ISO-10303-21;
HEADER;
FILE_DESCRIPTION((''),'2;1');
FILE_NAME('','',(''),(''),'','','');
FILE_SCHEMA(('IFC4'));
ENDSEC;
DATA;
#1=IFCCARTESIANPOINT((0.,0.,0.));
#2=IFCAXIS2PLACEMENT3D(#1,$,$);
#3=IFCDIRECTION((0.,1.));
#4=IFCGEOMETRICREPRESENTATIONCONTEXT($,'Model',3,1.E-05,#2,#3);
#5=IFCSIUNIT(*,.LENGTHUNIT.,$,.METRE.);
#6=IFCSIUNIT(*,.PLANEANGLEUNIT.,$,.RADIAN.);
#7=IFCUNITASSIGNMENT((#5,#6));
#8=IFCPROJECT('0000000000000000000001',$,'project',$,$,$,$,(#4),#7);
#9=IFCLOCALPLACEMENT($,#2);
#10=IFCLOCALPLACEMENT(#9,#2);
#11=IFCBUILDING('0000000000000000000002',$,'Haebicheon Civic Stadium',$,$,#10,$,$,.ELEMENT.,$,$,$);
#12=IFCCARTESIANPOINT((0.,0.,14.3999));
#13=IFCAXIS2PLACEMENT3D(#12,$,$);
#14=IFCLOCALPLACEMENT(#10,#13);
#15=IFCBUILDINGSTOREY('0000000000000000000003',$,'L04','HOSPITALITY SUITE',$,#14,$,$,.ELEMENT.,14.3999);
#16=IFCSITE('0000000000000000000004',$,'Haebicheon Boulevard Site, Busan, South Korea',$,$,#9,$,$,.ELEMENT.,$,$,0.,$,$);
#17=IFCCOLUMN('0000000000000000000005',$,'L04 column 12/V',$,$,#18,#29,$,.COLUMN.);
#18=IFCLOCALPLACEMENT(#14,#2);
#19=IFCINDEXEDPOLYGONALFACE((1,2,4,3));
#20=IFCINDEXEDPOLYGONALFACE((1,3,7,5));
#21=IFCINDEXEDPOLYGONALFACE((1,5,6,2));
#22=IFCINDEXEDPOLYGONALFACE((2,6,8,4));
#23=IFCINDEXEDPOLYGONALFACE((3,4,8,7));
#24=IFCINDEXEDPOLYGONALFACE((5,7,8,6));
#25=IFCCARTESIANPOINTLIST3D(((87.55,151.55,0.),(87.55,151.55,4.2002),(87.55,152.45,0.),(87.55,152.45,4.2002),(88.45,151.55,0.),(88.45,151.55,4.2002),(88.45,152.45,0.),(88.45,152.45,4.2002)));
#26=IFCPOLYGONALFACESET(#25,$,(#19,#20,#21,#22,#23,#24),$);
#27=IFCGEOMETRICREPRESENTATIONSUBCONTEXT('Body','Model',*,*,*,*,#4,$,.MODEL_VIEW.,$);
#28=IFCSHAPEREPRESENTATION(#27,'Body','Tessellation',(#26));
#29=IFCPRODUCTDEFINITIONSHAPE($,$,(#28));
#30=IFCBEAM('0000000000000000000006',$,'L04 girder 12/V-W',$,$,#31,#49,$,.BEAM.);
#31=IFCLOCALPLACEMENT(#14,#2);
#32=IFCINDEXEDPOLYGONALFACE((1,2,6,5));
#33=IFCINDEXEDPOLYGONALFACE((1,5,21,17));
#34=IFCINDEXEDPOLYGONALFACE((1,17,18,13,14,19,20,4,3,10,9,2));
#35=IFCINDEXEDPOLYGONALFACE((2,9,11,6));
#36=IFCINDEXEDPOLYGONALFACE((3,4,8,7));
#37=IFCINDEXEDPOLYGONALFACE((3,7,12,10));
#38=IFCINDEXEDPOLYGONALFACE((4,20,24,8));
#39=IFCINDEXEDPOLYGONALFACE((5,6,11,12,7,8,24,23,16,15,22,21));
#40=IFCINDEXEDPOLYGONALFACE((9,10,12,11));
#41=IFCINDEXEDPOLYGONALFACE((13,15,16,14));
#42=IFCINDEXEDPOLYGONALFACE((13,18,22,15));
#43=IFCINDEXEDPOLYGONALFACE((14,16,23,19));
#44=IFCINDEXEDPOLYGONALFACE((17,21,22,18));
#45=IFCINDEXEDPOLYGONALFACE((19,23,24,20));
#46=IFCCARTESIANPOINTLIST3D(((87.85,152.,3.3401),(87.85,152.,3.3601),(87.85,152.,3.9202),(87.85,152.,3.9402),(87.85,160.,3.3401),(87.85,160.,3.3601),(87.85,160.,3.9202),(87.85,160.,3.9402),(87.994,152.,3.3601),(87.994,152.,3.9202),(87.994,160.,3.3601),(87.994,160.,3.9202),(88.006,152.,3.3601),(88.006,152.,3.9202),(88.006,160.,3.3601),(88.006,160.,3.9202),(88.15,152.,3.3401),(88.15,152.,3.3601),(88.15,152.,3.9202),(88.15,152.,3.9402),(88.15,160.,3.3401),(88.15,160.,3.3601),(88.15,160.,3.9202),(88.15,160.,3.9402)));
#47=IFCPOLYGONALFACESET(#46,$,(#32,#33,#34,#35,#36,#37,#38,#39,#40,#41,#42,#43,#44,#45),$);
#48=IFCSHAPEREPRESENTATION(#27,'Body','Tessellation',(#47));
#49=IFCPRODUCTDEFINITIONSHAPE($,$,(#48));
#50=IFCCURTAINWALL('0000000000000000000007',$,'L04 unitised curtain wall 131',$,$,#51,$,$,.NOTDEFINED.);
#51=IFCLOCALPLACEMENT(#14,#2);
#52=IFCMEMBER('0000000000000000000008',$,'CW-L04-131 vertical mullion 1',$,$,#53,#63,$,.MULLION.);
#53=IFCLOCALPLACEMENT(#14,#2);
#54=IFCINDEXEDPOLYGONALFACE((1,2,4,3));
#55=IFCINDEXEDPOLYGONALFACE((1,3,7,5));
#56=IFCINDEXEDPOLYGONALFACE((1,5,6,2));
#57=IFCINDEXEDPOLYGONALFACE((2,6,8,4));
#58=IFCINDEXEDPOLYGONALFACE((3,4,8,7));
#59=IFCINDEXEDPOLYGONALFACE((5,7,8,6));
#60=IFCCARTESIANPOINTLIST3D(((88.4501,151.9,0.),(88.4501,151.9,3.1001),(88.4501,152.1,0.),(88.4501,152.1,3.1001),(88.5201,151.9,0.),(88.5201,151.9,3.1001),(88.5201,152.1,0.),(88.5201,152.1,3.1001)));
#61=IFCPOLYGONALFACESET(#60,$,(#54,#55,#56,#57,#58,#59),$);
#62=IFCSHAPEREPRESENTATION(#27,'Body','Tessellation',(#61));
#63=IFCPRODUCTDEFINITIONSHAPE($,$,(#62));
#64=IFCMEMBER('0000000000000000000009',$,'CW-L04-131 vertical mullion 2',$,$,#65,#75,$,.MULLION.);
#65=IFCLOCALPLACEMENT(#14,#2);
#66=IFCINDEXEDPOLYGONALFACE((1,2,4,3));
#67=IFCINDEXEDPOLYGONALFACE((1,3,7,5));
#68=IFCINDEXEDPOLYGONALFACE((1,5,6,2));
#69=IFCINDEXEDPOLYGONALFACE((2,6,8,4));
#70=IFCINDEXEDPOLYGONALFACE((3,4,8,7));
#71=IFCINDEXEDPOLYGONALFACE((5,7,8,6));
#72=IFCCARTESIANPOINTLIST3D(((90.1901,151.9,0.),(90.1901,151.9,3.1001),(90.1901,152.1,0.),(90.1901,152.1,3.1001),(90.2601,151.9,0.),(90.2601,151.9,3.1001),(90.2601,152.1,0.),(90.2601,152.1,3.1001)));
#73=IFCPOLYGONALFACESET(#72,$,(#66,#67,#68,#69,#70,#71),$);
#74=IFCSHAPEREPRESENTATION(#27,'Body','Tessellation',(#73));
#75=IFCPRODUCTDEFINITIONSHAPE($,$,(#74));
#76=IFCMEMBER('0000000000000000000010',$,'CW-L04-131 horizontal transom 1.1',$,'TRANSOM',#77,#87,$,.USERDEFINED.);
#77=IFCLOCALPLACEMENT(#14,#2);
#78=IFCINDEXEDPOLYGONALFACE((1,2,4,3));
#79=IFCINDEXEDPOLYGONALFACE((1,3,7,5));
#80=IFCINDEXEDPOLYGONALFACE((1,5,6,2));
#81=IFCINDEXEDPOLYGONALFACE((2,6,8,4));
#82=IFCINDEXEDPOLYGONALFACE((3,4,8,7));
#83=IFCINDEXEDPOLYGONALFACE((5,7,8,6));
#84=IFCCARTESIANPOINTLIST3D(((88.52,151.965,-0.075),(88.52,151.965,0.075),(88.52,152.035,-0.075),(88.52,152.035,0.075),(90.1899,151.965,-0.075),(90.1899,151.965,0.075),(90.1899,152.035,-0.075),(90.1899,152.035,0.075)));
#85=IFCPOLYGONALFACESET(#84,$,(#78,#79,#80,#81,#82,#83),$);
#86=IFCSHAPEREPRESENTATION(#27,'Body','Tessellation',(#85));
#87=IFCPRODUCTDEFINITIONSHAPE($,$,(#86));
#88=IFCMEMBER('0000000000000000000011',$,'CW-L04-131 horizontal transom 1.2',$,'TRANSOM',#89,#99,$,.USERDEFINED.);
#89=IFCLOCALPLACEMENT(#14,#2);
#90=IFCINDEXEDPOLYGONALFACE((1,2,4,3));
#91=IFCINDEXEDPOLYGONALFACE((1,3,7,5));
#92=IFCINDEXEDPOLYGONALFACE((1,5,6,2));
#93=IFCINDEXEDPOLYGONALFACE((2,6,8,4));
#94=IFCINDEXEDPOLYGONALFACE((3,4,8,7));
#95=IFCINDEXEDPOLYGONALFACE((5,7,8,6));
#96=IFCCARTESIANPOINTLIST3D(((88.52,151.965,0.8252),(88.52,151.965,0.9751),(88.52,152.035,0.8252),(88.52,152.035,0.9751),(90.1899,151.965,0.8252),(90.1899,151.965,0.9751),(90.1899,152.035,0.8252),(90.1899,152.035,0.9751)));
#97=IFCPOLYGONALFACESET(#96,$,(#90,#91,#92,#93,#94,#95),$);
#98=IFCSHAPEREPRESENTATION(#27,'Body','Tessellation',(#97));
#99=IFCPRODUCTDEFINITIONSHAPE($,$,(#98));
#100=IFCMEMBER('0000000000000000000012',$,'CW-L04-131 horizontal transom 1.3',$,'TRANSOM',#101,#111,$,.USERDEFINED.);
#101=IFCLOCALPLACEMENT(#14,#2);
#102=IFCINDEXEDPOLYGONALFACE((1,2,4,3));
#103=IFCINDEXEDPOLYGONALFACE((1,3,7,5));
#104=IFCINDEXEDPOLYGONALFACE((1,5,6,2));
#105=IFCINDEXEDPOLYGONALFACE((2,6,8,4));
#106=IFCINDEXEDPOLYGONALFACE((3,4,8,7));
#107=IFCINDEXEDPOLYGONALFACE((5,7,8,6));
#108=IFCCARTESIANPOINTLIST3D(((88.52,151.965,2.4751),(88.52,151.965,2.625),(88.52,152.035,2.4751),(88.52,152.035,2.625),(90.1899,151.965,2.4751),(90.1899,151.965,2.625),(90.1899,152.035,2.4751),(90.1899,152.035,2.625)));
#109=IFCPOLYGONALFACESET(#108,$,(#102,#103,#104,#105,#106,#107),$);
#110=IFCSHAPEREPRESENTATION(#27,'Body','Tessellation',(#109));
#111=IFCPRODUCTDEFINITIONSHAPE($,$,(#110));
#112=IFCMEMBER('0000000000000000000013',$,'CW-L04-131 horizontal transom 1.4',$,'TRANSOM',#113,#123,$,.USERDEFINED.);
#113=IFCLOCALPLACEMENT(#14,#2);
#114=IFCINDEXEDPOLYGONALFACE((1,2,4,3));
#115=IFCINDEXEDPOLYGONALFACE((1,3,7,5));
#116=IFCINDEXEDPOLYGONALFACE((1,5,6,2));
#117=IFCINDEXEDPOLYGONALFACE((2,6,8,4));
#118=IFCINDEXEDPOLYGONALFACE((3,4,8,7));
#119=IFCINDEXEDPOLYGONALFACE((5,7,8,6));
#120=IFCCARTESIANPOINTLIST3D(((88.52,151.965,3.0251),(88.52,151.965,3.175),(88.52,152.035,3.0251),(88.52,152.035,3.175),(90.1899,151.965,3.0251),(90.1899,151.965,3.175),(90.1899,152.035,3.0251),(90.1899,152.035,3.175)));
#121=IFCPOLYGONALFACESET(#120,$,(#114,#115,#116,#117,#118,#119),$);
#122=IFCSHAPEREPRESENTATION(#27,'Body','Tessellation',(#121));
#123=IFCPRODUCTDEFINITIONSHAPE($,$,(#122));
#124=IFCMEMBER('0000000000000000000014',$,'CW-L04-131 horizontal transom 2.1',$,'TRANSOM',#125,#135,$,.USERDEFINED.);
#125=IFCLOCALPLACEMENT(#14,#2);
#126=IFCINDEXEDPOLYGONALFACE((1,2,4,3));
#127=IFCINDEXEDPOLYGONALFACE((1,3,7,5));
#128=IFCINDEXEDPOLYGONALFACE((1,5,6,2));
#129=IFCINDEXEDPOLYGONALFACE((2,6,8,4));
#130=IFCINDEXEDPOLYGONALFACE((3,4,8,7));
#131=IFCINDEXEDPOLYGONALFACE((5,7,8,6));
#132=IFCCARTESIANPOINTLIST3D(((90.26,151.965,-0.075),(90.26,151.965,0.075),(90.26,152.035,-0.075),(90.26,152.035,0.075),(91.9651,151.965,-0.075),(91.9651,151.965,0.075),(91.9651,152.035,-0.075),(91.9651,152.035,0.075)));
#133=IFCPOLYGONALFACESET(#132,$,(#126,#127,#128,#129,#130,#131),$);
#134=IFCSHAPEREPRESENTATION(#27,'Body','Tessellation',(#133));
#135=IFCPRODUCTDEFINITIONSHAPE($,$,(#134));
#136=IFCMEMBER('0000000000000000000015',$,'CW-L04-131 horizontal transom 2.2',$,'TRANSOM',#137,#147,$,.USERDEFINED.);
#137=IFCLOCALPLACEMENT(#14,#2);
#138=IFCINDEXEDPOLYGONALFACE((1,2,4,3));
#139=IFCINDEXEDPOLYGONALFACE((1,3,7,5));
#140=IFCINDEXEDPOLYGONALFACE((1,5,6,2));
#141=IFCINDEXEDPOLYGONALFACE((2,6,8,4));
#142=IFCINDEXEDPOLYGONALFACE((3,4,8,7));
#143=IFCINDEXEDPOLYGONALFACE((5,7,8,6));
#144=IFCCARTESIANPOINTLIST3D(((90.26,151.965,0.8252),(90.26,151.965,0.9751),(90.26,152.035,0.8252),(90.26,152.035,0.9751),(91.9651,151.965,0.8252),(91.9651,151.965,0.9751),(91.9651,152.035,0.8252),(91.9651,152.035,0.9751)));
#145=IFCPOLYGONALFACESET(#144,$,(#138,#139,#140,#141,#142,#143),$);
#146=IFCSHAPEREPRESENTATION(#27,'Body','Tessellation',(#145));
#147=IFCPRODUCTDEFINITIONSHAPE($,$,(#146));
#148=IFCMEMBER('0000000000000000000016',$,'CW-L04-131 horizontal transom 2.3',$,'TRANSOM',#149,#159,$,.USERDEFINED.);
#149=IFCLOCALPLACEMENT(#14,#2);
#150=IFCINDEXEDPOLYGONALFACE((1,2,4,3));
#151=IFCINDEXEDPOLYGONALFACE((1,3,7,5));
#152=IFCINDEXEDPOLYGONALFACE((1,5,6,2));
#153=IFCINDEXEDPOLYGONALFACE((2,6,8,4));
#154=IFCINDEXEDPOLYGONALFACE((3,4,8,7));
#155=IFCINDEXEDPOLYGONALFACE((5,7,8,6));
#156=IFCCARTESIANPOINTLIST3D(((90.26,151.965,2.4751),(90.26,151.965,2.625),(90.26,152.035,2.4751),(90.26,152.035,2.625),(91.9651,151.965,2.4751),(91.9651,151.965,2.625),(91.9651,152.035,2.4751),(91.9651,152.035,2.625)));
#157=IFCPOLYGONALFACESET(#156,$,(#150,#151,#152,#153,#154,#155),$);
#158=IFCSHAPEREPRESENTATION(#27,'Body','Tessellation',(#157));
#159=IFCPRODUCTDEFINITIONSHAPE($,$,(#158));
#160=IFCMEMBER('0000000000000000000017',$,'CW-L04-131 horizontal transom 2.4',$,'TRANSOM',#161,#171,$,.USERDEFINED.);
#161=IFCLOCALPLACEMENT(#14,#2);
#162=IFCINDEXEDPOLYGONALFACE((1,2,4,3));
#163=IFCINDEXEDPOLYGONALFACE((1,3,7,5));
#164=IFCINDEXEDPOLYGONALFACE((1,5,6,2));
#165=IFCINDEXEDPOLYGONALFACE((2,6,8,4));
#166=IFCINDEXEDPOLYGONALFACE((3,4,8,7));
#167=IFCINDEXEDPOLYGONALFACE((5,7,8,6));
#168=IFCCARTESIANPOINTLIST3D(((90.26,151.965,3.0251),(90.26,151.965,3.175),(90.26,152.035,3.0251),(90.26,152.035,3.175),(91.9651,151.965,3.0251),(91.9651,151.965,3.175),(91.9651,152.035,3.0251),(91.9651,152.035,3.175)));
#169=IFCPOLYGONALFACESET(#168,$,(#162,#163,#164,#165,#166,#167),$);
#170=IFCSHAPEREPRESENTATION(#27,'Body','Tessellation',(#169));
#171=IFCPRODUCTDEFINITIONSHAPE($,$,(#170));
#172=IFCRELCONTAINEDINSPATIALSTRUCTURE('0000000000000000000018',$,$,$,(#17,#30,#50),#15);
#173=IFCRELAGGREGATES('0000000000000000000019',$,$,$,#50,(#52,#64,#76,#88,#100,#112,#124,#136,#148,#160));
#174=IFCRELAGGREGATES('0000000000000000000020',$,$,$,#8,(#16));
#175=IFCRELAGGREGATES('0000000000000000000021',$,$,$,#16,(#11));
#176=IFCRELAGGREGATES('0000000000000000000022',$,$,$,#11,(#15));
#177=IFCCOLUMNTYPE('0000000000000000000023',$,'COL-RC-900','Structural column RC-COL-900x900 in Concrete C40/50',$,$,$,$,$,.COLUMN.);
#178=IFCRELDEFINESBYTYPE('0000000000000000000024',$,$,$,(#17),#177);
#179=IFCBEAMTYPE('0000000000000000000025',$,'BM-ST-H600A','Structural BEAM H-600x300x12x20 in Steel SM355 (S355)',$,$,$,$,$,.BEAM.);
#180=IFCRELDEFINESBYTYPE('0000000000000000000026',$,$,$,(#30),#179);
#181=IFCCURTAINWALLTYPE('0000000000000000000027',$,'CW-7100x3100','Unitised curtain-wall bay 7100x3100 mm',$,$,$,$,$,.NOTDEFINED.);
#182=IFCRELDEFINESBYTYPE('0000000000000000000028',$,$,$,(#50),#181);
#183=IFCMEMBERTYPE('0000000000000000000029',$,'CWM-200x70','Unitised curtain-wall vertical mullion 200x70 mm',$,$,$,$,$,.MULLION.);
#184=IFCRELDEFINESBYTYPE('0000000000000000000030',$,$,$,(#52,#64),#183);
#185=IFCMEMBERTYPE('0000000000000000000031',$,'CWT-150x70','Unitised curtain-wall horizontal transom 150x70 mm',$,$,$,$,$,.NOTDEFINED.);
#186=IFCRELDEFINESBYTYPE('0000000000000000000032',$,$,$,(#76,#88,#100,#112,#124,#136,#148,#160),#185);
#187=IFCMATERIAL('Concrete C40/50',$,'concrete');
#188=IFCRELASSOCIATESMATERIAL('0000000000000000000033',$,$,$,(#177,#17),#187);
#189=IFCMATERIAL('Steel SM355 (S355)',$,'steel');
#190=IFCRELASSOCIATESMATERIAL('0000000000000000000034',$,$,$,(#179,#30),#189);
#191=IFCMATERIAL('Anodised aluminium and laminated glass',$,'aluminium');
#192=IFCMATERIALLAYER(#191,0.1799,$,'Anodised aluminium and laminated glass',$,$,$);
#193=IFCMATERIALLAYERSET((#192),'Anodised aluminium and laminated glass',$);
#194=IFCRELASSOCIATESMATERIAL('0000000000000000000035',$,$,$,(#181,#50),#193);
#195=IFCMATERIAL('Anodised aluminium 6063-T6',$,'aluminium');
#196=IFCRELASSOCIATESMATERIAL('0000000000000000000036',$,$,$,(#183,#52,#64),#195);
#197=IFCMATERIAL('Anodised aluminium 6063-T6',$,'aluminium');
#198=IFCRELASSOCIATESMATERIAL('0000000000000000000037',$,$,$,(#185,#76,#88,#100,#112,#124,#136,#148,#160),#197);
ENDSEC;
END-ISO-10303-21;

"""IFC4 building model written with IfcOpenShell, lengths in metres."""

from ifc_helpers import new_model, si_unit, direction, frame, origin, origin_2d, place, context, subcontext, project, spatial, rectangle, i_section, extrude, material, layer, layer_set, material_profile, profile_set, type_object, element, aggregate, save


model = new_model("IFC4")

# Units and contexts
model_context = context("Model", 3, precision=1e-05, world=origin(), true_north=direction((0.0, 1.0)))
body_context = subcontext(model_context, "Body", "Model", "MODEL_VIEW")
ifc_project = project(units=[si_unit("LENGTHUNIT", "METRE"), si_unit("PLANEANGLEUNIT", "RADIAN")], contexts=[model_context])

# Site, building, storey
site_placement = place(None, origin())
site = spatial("IfcSite", under=ifc_project, at=site_placement, Name="Haebicheon Boulevard Site, Busan, South Korea", CompositionType="ELEMENT", RefElevation=0.0)
building_placement = place(site_placement, origin())
building = spatial("IfcBuilding", under=site, at=building_placement, Name="Haebicheon Civic Stadium", CompositionType="ELEMENT")
storey_placement = place(building_placement, frame((0.0, 0.0, 14.3999)))
storey = spatial("IfcBuildingStorey", under=building, at=storey_placement, Name="L04", Description="HOSPITALITY SUITE", CompositionType="ELEMENT", Elevation=14.3999)

# Column
ifc_material_1 = material(Name="Concrete C40/50", Category="concrete")
ifc_material_profile_1 = material_profile(ifc_material_1, rectangle(XDim=0.8999, YDim=0.8999, at=origin_2d()), Name="RC-COL-900x900")
ifc_profile_set_1 = profile_set([ifc_material_profile_1], Name="Concrete C40/50")
column_type = type_object("IfcColumnType", Name="COL-RC-900", Description="Structural column RC-COL-900x900 in Concrete C40/50", PredefinedType="COLUMN", material=ifc_profile_set_1)
column_placement = place(storey_placement, frame((88.0, 152.0, 0.0), z_axis=(0.0, 0.0, 1.0), x_axis=(1.0, 0.0, 0.0)))
element("IfcColumn", 1, at=column_placement, inside=storey, type_object=column_type, material=ifc_profile_set_1, Name="L04 column 12/V", PredefinedType="COLUMN", context=body_context, shape_type="SweptSolid", body=[
    extrude(rectangle(XDim=0.8999, YDim=0.8999, at=origin_2d()), origin(), (0.0, 0.0, 1.0), 4.2002),
])

# Beam
ifc_material_2 = material(Name="Steel SM355 (S355)", Category="steel")
ifc_material_profile_2 = material_profile(ifc_material_2, i_section(OverallWidth=0.3, OverallDepth=0.6001, WebThickness=0.012, FlangeThickness=0.02, at=origin_2d()), Name="H-600x300x12x20")
ifc_profile_set_2 = profile_set([ifc_material_profile_2], Name="Steel SM355 (S355)")
beam_type_1 = type_object("IfcBeamType", Name="BM-ST-H600A", Description="Structural BEAM H-600x300x12x20 in Steel SM355 (S355)", PredefinedType="BEAM", material=ifc_profile_set_2)
beam_1_placement = place(storey_placement, frame((88.0, 152.0, 3.6401), z_axis=(0.0, 1.0, 0.0), x_axis=(-1.0, 0.0, 0.0)))
element("IfcBeam", 2, at=beam_1_placement, inside=storey, type_object=beam_type_1, material=ifc_profile_set_2, Name="L04 girder 12/V-W", PredefinedType="BEAM", context=body_context, shape_type="SweptSolid", body=[
    extrude(i_section(OverallWidth=0.3, OverallDepth=0.6001, WebThickness=0.012, FlangeThickness=0.02, at=origin_2d()), origin(), (0.0, 0.0, 1.0), 8.0),
])

# Curtain wall, members
ifc_material_3 = material(Name="Anodised aluminium and laminated glass", Category="aluminium")
ifc_layer_1 = layer(ifc_material_3, 0.1799, Name="Anodised aluminium and laminated glass")
ifc_layer_set_1 = layer_set([ifc_layer_1], Name="Anodised aluminium and laminated glass")
curtain_wall_type = type_object("IfcCurtainWallType", Name="CW-7100x3100", Description="Unitised curtain-wall bay 7100x3100 mm", PredefinedType="NOTDEFINED", material=ifc_layer_set_1)
curtain_wall_placement = place(storey_placement, origin())
curtain_wall = element("IfcCurtainWall", 3, at=curtain_wall_placement, inside=storey, type_object=curtain_wall_type, material=ifc_layer_set_1, Name="L04 unitised curtain wall 131", PredefinedType="NOTDEFINED")
ifc_material_4 = material(Name="Anodised aluminium 6063-T6", Category="aluminium")
ifc_material_profile_3 = material_profile(ifc_material_4, rectangle(XDim=0.0701, YDim=0.2, at=origin_2d()), Name="ALU-MULL-70x200")
ifc_profile_set_3 = profile_set([ifc_material_profile_3], Name="Anodised aluminium 6063-T6")
member_type_1 = type_object("IfcMemberType", Name="CWM-200x70", Description="Unitised curtain-wall vertical mullion 200x70 mm", PredefinedType="MULLION", material=ifc_profile_set_3)
member_1_placement = place(storey_placement, frame((88.4851, 152.0, 0.0), z_axis=(0.0, 0.0, 1.0), x_axis=(1.0, 0.0, 0.0)))
member_1 = element("IfcMember", 4, at=member_1_placement, type_object=member_type_1, material=ifc_profile_set_3, Name="CW-L04-131 vertical mullion 1", PredefinedType="MULLION", context=body_context, shape_type="SweptSolid", body=[
    extrude(rectangle(XDim=0.0701, YDim=0.2, at=origin_2d()), origin(), (0.0, 0.0, 1.0), 3.1001),
])
member_2_placement = place(storey_placement, frame((90.2251, 152.0, 0.0), z_axis=(0.0, 0.0, 1.0), x_axis=(1.0, 0.0, 0.0)))
member_2 = element("IfcMember", 5, at=member_2_placement, type_object=member_type_1, material=ifc_profile_set_3, Name="CW-L04-131 vertical mullion 2", PredefinedType="MULLION", context=body_context, shape_type="SweptSolid", body=[
    extrude(rectangle(XDim=0.0701, YDim=0.2, at=origin_2d()), origin(), (0.0, 0.0, 1.0), 3.1001),
])
ifc_material_5 = material(Name="Anodised aluminium 6063-T6", Category="aluminium")
ifc_material_profile_4 = material_profile(ifc_material_5, rectangle(XDim=0.0701, YDim=0.1499, at=origin_2d()), Name="ALU-TRAN-70x150")
ifc_profile_set_4 = profile_set([ifc_material_profile_4], Name="Anodised aluminium 6063-T6")
member_type_2 = type_object("IfcMemberType", Name="CWT-150x70", Description="Unitised curtain-wall horizontal transom 150x70 mm", PredefinedType="NOTDEFINED", material=ifc_profile_set_4)
member_3_placement = place(storey_placement, frame((88.52, 152.0, 0.0), z_axis=(1.0, 0.0, 0.0), x_axis=(0.0, 1.0, 0.0)))
member_3 = element("IfcMember", 6, at=member_3_placement, type_object=member_type_2, material=ifc_profile_set_4, Name="CW-L04-131 horizontal transom 1.1", ObjectType="TRANSOM", PredefinedType="USERDEFINED", context=body_context, shape_type="SweptSolid", body=[
    extrude(rectangle(XDim=0.0701, YDim=0.1499, at=origin_2d()), origin(), (0.0, 0.0, 1.0), 1.6699),
])
member_4_placement = place(storey_placement, frame((88.52, 152.0, 0.9001), z_axis=(1.0, 0.0, 0.0), x_axis=(0.0, 1.0, 0.0)))
member_4 = element("IfcMember", 7, at=member_4_placement, type_object=member_type_2, material=ifc_profile_set_4, Name="CW-L04-131 horizontal transom 1.2", ObjectType="TRANSOM", PredefinedType="USERDEFINED", context=body_context, shape_type="SweptSolid", body=[
    extrude(rectangle(XDim=0.0701, YDim=0.1499, at=origin_2d()), origin(), (0.0, 0.0, 1.0), 1.6699),
])
member_5_placement = place(storey_placement, frame((88.52, 152.0, 2.55), z_axis=(1.0, 0.0, 0.0), x_axis=(0.0, 1.0, 0.0)))
member_5 = element("IfcMember", 8, at=member_5_placement, type_object=member_type_2, material=ifc_profile_set_4, Name="CW-L04-131 horizontal transom 1.3", ObjectType="TRANSOM", PredefinedType="USERDEFINED", context=body_context, shape_type="SweptSolid", body=[
    extrude(rectangle(XDim=0.0701, YDim=0.1499, at=origin_2d()), origin(), (0.0, 0.0, 1.0), 1.6699),
])
member_6_placement = place(storey_placement, frame((88.52, 152.0, 3.1001), z_axis=(1.0, 0.0, 0.0), x_axis=(0.0, 1.0, 0.0)))
member_6 = element("IfcMember", 9, at=member_6_placement, type_object=member_type_2, material=ifc_profile_set_4, Name="CW-L04-131 horizontal transom 1.4", ObjectType="TRANSOM", PredefinedType="USERDEFINED", context=body_context, shape_type="SweptSolid", body=[
    extrude(rectangle(XDim=0.0701, YDim=0.1499, at=origin_2d()), origin(), (0.0, 0.0, 1.0), 1.6699),
])
member_7_placement = place(storey_placement, frame((90.26, 152.0, 0.0), z_axis=(1.0, 0.0, 0.0), x_axis=(0.0, 1.0, 0.0)))
member_7 = element("IfcMember", 10, at=member_7_placement, type_object=member_type_2, material=ifc_profile_set_4, Name="CW-L04-131 horizontal transom 2.1", ObjectType="TRANSOM", PredefinedType="USERDEFINED", context=body_context, shape_type="SweptSolid", body=[
    extrude(rectangle(XDim=0.0701, YDim=0.1499, at=origin_2d()), origin(), (0.0, 0.0, 1.0), 1.7051),
])
member_8_placement = place(storey_placement, frame((90.26, 152.0, 0.9001), z_axis=(1.0, 0.0, 0.0), x_axis=(0.0, 1.0, 0.0)))
member_8 = element("IfcMember", 11, at=member_8_placement, type_object=member_type_2, material=ifc_profile_set_4, Name="CW-L04-131 horizontal transom 2.2", ObjectType="TRANSOM", PredefinedType="USERDEFINED", context=body_context, shape_type="SweptSolid", body=[
    extrude(rectangle(XDim=0.0701, YDim=0.1499, at=origin_2d()), origin(), (0.0, 0.0, 1.0), 1.7051),
])
member_9_placement = place(storey_placement, frame((90.26, 152.0, 2.55), z_axis=(1.0, 0.0, 0.0), x_axis=(0.0, 1.0, 0.0)))
member_9 = element("IfcMember", 12, at=member_9_placement, type_object=member_type_2, material=ifc_profile_set_4, Name="CW-L04-131 horizontal transom 2.3", ObjectType="TRANSOM", PredefinedType="USERDEFINED", context=body_context, shape_type="SweptSolid", body=[
    extrude(rectangle(XDim=0.0701, YDim=0.1499, at=origin_2d()), origin(), (0.0, 0.0, 1.0), 1.7051),
])
member_10_placement = place(storey_placement, frame((90.26, 152.0, 3.1001), z_axis=(1.0, 0.0, 0.0), x_axis=(0.0, 1.0, 0.0)))
member_10 = element("IfcMember", 13, at=member_10_placement, type_object=member_type_2, material=ifc_profile_set_4, Name="CW-L04-131 horizontal transom 2.4", ObjectType="TRANSOM", PredefinedType="USERDEFINED", context=body_context, shape_type="SweptSolid", body=[
    extrude(rectangle(XDim=0.0701, YDim=0.1499, at=origin_2d()), origin(), (0.0, 0.0, 1.0), 1.7051),
])

aggregate(curtain_wall, [member_1, member_2, member_3, member_4, member_5, member_6, member_7, member_8, member_9, member_10])

save(model, "model.ifc")
